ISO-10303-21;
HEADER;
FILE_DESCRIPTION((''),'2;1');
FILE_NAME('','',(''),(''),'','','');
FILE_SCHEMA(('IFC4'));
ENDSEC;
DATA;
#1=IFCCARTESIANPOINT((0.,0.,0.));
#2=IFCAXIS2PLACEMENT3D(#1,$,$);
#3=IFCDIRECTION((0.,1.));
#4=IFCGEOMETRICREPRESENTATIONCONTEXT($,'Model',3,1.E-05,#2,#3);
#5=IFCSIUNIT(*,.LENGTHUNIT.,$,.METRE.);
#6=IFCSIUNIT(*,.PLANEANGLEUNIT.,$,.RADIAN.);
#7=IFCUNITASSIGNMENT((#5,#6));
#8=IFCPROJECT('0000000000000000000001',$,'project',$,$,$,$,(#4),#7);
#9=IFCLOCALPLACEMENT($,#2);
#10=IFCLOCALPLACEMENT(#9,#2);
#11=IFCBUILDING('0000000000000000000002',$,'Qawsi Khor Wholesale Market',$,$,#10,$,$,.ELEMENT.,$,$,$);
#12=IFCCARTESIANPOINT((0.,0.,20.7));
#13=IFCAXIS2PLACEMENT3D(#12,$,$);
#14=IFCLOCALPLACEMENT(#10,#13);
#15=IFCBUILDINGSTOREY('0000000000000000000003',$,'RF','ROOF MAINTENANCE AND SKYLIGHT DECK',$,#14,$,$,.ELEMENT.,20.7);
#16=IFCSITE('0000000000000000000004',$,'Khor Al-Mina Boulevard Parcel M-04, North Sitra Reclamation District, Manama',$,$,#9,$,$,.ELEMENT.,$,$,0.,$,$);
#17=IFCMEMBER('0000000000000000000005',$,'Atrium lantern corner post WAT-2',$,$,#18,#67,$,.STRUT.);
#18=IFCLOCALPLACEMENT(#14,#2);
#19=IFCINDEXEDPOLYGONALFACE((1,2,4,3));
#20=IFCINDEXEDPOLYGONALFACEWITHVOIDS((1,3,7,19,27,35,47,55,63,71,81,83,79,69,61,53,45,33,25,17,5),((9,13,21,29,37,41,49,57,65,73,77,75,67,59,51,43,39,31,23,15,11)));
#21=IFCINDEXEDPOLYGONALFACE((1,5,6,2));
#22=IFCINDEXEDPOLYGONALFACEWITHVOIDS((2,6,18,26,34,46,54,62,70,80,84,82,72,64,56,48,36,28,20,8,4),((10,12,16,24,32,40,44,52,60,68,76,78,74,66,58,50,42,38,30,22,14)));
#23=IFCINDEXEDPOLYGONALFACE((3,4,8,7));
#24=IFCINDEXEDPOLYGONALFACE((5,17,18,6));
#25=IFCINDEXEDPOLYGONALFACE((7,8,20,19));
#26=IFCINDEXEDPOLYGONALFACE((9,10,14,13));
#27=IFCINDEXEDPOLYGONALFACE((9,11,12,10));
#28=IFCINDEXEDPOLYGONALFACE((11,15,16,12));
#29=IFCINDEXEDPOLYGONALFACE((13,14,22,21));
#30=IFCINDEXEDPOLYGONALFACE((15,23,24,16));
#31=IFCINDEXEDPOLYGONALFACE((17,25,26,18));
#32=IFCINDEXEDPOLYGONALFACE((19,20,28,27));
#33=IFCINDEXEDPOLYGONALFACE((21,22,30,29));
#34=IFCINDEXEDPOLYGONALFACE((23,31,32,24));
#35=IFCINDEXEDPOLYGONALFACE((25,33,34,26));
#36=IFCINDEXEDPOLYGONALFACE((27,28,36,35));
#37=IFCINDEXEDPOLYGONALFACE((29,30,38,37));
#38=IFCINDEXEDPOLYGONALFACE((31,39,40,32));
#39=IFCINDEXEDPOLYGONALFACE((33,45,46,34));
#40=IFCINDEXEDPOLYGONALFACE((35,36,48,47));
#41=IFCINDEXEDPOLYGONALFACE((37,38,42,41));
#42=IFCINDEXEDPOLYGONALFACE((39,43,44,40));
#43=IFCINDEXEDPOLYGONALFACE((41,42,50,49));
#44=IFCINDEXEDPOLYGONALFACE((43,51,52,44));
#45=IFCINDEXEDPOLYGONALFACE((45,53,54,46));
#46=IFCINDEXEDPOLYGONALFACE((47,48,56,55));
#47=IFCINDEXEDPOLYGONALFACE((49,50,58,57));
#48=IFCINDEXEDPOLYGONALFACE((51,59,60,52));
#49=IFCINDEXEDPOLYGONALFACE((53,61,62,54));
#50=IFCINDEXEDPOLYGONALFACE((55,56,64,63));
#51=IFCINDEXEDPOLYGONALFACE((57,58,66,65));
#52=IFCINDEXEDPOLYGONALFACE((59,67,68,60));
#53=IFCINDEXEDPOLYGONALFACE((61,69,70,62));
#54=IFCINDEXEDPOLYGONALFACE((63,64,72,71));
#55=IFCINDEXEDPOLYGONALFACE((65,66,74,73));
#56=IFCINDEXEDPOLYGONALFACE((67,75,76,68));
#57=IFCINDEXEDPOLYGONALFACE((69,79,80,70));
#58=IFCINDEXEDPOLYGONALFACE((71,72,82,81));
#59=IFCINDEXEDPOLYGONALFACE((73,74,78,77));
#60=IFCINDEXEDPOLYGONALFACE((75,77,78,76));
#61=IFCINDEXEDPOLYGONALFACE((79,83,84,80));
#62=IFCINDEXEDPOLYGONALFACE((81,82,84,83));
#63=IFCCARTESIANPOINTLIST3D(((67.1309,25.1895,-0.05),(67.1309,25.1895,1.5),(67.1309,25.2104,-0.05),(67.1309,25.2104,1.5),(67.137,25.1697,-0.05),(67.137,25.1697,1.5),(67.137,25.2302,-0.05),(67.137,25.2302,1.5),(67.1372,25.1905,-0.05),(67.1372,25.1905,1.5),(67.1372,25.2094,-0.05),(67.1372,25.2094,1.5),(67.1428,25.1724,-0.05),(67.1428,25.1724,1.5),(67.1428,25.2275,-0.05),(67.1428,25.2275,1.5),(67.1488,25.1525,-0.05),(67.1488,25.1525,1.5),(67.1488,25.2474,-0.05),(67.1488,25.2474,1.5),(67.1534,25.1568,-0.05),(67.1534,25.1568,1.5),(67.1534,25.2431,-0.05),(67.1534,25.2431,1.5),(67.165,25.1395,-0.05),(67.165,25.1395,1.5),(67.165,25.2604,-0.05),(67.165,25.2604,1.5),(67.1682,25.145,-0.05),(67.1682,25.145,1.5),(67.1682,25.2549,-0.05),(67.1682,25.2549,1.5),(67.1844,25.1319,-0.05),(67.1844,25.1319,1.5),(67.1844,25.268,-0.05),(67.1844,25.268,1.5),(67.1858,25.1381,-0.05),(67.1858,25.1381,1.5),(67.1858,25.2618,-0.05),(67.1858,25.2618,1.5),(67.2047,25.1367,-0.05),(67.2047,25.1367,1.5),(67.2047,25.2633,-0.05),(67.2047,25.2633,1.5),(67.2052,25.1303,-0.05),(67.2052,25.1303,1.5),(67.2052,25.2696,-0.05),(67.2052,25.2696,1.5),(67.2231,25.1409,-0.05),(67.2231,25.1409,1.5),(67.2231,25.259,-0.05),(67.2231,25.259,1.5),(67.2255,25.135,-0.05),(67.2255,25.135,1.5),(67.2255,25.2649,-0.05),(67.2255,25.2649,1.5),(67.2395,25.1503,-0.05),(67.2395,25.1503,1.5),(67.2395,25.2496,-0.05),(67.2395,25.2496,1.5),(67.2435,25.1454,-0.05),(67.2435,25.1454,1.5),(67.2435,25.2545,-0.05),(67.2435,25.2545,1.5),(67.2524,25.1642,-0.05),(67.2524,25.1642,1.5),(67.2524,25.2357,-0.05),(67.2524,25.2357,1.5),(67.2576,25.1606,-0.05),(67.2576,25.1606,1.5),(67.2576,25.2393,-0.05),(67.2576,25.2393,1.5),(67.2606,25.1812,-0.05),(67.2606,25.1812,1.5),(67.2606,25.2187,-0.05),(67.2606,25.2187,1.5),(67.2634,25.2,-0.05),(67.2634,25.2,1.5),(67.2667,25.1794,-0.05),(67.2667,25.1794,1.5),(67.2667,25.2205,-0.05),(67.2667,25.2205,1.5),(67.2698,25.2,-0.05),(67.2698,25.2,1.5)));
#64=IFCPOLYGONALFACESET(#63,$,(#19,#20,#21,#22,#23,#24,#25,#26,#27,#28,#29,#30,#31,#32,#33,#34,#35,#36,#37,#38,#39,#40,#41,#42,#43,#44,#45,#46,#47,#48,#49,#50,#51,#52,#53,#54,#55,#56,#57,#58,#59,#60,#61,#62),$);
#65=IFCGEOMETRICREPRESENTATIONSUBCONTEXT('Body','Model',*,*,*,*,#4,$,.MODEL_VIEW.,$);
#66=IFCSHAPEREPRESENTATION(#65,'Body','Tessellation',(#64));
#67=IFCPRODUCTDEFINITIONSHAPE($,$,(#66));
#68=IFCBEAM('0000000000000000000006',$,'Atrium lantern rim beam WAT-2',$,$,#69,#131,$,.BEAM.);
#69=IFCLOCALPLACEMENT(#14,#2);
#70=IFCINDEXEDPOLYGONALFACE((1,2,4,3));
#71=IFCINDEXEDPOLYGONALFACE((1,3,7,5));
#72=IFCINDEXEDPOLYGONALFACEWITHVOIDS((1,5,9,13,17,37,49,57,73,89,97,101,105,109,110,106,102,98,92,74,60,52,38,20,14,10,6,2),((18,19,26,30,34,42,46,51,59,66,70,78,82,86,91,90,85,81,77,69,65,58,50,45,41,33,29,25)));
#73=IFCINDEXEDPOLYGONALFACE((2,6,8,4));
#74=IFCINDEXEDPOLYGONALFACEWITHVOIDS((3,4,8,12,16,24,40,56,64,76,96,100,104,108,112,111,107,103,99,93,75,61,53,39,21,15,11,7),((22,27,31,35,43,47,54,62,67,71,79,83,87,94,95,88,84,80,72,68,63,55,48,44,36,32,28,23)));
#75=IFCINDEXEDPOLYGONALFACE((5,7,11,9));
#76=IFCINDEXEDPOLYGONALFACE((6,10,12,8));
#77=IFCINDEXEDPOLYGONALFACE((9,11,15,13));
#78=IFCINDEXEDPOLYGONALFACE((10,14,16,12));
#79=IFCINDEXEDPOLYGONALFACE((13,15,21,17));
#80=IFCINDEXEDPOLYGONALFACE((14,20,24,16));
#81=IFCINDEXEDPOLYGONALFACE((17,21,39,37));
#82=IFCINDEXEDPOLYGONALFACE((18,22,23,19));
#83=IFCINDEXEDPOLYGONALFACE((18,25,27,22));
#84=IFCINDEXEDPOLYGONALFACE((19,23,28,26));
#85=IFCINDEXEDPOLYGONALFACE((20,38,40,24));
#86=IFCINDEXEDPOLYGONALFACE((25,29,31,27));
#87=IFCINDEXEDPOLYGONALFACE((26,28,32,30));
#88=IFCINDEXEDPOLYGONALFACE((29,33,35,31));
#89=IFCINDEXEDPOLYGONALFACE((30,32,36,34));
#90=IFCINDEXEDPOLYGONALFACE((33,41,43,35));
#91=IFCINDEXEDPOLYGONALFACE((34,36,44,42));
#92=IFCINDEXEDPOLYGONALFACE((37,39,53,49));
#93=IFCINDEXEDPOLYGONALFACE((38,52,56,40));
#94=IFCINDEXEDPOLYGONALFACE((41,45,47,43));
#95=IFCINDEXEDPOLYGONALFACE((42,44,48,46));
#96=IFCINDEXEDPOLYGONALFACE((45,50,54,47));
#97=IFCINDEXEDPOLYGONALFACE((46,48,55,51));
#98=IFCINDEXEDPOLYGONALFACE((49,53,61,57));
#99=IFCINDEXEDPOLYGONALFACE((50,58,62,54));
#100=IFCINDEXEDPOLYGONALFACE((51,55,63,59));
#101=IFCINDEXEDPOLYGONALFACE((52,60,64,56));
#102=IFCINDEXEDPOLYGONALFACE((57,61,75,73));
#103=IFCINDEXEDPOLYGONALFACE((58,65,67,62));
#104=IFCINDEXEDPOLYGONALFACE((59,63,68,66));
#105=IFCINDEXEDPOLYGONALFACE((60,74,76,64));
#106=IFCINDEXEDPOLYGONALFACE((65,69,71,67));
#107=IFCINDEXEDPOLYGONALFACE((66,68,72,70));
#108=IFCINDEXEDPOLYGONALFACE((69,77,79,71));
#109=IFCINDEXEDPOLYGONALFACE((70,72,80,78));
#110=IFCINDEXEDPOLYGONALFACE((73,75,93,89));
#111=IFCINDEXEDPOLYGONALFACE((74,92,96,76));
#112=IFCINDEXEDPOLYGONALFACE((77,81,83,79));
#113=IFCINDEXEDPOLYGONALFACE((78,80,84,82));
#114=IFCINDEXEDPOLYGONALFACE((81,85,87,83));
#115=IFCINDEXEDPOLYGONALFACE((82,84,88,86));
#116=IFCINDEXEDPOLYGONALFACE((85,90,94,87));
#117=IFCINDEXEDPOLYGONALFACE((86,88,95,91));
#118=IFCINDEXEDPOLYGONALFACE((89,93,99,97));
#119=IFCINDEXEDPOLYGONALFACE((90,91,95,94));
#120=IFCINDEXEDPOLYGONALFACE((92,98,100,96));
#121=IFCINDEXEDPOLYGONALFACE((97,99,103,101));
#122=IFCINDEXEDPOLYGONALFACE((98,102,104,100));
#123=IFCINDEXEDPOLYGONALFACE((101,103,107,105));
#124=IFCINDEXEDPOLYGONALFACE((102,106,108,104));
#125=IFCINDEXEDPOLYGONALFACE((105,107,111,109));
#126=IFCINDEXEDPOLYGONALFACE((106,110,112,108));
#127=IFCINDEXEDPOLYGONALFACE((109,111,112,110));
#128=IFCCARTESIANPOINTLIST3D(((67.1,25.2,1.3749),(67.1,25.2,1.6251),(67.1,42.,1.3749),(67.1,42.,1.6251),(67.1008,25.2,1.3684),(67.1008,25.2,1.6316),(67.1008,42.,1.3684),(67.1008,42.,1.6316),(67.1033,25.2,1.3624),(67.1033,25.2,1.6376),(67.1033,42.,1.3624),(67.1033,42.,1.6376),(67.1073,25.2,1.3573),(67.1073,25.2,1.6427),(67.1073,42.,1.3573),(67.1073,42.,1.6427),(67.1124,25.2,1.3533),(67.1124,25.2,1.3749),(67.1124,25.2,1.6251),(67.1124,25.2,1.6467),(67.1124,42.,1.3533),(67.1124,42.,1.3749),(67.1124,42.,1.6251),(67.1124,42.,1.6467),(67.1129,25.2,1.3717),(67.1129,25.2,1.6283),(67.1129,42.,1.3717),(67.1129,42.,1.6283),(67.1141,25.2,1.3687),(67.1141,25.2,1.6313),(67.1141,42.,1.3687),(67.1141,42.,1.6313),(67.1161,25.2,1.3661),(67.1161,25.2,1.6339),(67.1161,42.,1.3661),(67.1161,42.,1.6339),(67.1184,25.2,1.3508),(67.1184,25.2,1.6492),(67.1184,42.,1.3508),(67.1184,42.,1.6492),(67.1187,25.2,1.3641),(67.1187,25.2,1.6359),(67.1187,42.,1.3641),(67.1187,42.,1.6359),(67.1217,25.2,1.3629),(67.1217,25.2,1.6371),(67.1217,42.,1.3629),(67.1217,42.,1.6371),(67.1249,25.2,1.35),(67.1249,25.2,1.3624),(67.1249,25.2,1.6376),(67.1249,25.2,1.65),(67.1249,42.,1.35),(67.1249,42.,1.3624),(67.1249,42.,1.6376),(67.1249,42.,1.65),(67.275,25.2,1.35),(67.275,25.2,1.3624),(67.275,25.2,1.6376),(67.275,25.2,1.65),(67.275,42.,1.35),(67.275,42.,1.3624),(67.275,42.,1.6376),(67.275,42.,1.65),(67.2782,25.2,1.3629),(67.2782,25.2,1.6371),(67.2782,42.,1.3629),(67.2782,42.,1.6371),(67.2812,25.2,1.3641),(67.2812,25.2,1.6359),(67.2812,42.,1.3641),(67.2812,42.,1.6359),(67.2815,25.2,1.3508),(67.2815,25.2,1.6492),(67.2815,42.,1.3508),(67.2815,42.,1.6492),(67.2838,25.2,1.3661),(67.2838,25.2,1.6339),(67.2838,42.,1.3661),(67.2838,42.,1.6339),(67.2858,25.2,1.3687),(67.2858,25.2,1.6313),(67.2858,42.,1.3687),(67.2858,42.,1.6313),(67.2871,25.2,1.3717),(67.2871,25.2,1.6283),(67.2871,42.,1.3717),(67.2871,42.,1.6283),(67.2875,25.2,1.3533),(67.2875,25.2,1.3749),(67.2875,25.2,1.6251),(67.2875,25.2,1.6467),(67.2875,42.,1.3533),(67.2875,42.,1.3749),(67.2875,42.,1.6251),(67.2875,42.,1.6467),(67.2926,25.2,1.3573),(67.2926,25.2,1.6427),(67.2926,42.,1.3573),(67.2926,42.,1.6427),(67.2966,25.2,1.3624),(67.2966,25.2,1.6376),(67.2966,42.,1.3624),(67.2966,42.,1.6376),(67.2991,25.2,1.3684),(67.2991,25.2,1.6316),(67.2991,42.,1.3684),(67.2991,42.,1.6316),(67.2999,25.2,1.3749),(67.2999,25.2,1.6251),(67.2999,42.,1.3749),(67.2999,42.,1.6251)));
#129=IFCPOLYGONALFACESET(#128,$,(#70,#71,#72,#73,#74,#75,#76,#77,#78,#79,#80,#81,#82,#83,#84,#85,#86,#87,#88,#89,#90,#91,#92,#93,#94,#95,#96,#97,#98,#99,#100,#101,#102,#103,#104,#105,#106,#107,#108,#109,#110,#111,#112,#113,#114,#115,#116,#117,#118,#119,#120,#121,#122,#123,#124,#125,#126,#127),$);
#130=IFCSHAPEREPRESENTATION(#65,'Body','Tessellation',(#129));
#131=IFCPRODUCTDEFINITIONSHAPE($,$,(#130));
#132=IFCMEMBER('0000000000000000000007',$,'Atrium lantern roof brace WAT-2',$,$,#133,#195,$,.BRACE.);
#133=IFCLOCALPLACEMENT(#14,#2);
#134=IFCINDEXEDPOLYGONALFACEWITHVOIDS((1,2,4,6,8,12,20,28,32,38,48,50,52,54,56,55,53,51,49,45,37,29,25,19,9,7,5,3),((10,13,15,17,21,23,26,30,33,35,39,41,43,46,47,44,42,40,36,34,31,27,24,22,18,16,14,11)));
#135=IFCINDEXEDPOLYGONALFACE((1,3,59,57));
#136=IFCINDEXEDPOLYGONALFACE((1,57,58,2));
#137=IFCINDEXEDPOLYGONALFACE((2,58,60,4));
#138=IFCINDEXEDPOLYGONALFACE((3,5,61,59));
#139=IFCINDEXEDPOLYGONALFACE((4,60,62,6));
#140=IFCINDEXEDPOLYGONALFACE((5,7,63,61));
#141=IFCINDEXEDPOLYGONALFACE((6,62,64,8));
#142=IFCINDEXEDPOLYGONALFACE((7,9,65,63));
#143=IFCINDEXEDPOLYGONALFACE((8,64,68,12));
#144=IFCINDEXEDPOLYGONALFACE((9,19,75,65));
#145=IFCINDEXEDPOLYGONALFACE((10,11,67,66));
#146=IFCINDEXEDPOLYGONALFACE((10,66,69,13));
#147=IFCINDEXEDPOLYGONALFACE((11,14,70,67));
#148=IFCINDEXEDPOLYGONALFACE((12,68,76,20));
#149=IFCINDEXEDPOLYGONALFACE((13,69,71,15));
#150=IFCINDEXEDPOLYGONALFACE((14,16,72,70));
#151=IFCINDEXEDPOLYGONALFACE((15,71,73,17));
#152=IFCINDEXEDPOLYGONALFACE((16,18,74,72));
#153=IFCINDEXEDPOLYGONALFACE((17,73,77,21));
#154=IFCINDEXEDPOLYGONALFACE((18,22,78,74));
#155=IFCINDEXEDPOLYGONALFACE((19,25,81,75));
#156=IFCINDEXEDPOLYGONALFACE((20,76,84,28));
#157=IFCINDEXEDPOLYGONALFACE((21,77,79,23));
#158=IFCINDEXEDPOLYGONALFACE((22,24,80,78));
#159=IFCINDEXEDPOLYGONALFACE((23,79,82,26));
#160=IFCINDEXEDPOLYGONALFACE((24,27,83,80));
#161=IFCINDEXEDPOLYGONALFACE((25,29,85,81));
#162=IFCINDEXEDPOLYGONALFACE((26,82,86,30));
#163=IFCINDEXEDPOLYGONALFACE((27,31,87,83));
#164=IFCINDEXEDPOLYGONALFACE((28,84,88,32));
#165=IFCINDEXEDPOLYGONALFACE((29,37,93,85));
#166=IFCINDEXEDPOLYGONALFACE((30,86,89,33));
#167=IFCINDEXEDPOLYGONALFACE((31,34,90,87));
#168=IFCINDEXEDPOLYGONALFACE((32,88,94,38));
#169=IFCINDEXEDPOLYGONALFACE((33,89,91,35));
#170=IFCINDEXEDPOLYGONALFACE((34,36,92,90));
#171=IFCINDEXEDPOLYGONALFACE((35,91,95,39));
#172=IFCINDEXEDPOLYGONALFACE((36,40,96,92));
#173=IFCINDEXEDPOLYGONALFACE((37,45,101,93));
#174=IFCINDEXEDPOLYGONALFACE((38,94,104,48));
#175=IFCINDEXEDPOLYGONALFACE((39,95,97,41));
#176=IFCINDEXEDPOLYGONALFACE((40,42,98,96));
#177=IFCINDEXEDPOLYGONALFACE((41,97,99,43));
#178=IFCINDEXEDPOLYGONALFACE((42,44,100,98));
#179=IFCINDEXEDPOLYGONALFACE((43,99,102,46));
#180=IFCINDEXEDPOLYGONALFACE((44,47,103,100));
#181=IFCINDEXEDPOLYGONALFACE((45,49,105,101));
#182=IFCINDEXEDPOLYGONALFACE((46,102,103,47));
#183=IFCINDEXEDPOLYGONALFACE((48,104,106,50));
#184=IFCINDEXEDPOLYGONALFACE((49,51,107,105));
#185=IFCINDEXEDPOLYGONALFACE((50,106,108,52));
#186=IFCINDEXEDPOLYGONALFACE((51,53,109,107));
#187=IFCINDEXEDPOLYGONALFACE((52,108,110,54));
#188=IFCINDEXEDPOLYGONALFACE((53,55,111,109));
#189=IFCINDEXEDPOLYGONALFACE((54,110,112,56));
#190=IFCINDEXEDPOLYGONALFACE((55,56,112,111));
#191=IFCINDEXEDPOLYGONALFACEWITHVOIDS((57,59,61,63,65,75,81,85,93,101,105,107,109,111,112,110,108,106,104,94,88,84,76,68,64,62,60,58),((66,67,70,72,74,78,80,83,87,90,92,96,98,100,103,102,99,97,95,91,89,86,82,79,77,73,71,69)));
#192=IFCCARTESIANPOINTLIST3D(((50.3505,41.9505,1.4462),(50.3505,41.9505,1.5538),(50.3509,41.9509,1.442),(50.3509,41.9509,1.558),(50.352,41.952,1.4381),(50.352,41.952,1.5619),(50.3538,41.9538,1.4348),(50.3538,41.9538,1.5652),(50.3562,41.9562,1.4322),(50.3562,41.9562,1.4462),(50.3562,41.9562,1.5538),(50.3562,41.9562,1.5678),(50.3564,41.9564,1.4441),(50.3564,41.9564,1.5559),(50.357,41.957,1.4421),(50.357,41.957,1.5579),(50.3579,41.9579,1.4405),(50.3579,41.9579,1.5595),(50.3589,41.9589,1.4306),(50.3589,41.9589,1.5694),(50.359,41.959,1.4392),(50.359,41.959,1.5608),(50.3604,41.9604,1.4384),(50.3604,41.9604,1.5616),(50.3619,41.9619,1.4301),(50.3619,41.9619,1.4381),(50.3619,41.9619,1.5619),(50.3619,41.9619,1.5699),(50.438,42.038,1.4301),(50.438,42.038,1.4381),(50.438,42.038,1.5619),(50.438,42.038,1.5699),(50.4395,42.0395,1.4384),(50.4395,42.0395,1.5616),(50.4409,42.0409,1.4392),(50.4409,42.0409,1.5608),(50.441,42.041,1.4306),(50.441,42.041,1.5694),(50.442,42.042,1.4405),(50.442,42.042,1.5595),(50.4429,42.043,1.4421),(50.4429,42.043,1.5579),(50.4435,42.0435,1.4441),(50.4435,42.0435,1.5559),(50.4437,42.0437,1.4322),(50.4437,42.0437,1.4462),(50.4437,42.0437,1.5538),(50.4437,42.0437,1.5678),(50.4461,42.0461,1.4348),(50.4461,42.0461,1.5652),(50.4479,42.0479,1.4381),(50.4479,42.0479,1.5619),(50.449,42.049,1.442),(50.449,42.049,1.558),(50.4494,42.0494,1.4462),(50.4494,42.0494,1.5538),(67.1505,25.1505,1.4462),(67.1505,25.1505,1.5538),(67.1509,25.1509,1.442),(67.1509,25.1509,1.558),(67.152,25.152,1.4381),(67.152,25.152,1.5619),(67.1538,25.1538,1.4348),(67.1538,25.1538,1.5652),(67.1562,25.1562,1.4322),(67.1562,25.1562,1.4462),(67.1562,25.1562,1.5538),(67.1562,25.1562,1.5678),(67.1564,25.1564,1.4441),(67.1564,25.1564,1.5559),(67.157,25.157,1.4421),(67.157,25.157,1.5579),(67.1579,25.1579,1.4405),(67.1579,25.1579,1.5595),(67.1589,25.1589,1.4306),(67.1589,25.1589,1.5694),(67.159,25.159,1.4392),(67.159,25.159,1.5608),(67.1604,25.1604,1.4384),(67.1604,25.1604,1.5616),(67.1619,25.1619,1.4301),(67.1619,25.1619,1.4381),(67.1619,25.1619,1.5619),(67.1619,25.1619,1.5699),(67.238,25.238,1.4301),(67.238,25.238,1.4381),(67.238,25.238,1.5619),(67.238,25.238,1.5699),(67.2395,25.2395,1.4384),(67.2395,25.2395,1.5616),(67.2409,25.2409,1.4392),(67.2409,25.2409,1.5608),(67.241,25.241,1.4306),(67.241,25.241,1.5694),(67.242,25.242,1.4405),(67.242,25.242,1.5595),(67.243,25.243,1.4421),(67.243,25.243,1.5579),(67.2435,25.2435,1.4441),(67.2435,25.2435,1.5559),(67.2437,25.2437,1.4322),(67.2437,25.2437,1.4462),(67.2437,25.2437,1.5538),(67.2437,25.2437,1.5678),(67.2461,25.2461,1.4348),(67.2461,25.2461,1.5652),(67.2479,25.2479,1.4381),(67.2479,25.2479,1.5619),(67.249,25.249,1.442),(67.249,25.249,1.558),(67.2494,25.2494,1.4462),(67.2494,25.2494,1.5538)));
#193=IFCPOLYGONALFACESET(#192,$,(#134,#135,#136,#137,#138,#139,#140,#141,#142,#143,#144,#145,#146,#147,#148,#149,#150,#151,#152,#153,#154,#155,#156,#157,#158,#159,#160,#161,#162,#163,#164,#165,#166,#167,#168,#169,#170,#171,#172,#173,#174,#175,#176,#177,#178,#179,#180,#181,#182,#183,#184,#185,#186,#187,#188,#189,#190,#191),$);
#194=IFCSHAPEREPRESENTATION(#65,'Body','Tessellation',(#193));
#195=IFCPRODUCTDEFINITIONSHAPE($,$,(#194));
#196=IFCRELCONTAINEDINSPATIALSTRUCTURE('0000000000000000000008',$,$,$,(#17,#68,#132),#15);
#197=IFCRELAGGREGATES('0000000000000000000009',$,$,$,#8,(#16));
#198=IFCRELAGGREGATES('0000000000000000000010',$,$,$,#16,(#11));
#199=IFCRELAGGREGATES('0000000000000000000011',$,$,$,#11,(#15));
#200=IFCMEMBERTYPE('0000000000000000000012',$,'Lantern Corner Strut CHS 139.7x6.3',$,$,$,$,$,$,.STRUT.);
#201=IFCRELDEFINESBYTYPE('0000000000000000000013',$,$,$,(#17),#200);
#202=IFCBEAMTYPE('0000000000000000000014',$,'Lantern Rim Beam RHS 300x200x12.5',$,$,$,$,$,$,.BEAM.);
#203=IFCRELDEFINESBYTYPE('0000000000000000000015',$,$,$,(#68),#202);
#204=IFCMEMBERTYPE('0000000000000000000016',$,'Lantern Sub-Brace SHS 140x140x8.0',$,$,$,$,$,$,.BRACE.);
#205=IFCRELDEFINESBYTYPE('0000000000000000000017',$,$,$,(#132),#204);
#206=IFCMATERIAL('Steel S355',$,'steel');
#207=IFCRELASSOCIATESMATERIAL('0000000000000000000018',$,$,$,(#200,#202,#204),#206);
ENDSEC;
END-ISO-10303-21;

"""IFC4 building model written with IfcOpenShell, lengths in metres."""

from ifc_helpers import new_model, si_unit, direction, frame, origin, origin_2d, place, context, subcontext, project, spatial, hollow_rectangle, hollow_circle, extrude, material, material_profile, profile_set, type_object, element, save


model = new_model("IFC4")

# Units and contexts
model_context = context("Model", 3, precision=1e-05, world=origin(), true_north=direction((0.0, 1.0)))
body_context = subcontext(model_context, "Body", "Model", "MODEL_VIEW")
ifc_project = project(units=[si_unit("LENGTHUNIT", "METRE"), si_unit("PLANEANGLEUNIT", "RADIAN")], contexts=[model_context])

# Site, building, storey
site_placement = place(None, origin())
site = spatial("IfcSite", under=ifc_project, at=site_placement, Name="Khor Al-Mina Boulevard Parcel M-04, North Sitra Reclamation District, Manama", CompositionType="ELEMENT", RefElevation=0.0)
building_placement = place(site_placement, origin())
building = spatial("IfcBuilding", under=site, at=building_placement, Name="Qawsi Khor Wholesale Market", CompositionType="ELEMENT")
storey_placement = place(building_placement, frame((0.0, 0.0, 20.7)))
storey = spatial("IfcBuildingStorey", under=building, at=storey_placement, Name="RF", Description="ROOF MAINTENANCE AND SKYLIGHT DECK", CompositionType="ELEMENT", Elevation=20.7)

# Shared definitions
ifc_material_1 = material(Name="Steel S355", Category="steel")

# Member
ifc_material_profile_1 = material_profile(ifc_material_1, hollow_circle(Radius=0.0698, WallThickness=0.0063, at=origin_2d()), Name="CHS 139.7x6.3")
ifc_profile_set_1 = profile_set([ifc_material_profile_1], Name="Steel S355")
member_type_1 = type_object("IfcMemberType", Name="Lantern Corner Strut CHS 139.7x6.3", PredefinedType="STRUT", material=ifc_profile_set_1)
member_1_placement = place(storey_placement, frame((67.2, 25.2, -0.05), z_axis=(0.0, 0.0, 1.0), x_axis=(1.0, 0.0, 0.0)))
element("IfcMember", 1, at=member_1_placement, inside=storey, type_object=member_type_1, Name="Atrium lantern corner post WAT-2", PredefinedType="STRUT", context=body_context, shape_type="SweptSolid", body=[
    extrude(hollow_circle(Radius=0.0698, WallThickness=0.0063, at=origin_2d()), origin(), (0.0, 0.0, 1.0), 1.55),
])

# Beam
ifc_material_profile_2 = material_profile(ifc_material_1, hollow_rectangle(XDim=0.2, YDim=0.3, WallThickness=0.0125, InnerFilletRadius=0.0125, OuterFilletRadius=0.0249, at=origin_2d()), Name="RHS 300x200x12.5")
ifc_profile_set_2 = profile_set([ifc_material_profile_2], Name="Steel S355")
beam_type_1 = type_object("IfcBeamType", Name="Lantern Rim Beam RHS 300x200x12.5", PredefinedType="BEAM", material=ifc_profile_set_2)
beam_1_placement = place(storey_placement, frame((67.2, 25.2, 1.5), z_axis=(0.0, 1.0, 0.0), x_axis=(-1.0, 0.0, 0.0)))
element("IfcBeam", 2, at=beam_1_placement, inside=storey, type_object=beam_type_1, Name="Atrium lantern rim beam WAT-2", PredefinedType="BEAM", context=body_context, shape_type="SweptSolid", body=[
    extrude(hollow_rectangle(XDim=0.2, YDim=0.3, WallThickness=0.0125, InnerFilletRadius=0.0125, OuterFilletRadius=0.0249, at=origin_2d()), origin(), (0.0, 0.0, 1.0), 16.8),
])

# Member
ifc_material_profile_3 = material_profile(ifc_material_1, hollow_rectangle(XDim=0.1399, YDim=0.1399, WallThickness=0.0081, InnerFilletRadius=0.0081, OuterFilletRadius=0.0161, at=origin_2d()), Name="SHS 140x140x8.0")
ifc_profile_set_3 = profile_set([ifc_material_profile_3], Name="Steel S355")
member_type_2 = type_object("IfcMemberType", Name="Lantern Sub-Brace SHS 140x140x8.0", PredefinedType="BRACE", material=ifc_profile_set_3)
member_2_placement = place(storey_placement, frame((67.2, 25.2, 1.5), z_axis=(-0.707107, 0.707107, 0.0), x_axis=(-0.707107, -0.707107, 0.0)))
element("IfcMember", 3, at=member_2_placement, inside=storey, type_object=member_type_2, Name="Atrium lantern roof brace WAT-2", PredefinedType="BRACE", context=body_context, shape_type="SweptSolid", body=[
    extrude(hollow_rectangle(XDim=0.1399, YDim=0.1399, WallThickness=0.0081, InnerFilletRadius=0.0081, OuterFilletRadius=0.0161, at=origin_2d()), origin(), (0.0, 0.0, 1.0), 23.7588),
])

save(model, "model.ifc")
